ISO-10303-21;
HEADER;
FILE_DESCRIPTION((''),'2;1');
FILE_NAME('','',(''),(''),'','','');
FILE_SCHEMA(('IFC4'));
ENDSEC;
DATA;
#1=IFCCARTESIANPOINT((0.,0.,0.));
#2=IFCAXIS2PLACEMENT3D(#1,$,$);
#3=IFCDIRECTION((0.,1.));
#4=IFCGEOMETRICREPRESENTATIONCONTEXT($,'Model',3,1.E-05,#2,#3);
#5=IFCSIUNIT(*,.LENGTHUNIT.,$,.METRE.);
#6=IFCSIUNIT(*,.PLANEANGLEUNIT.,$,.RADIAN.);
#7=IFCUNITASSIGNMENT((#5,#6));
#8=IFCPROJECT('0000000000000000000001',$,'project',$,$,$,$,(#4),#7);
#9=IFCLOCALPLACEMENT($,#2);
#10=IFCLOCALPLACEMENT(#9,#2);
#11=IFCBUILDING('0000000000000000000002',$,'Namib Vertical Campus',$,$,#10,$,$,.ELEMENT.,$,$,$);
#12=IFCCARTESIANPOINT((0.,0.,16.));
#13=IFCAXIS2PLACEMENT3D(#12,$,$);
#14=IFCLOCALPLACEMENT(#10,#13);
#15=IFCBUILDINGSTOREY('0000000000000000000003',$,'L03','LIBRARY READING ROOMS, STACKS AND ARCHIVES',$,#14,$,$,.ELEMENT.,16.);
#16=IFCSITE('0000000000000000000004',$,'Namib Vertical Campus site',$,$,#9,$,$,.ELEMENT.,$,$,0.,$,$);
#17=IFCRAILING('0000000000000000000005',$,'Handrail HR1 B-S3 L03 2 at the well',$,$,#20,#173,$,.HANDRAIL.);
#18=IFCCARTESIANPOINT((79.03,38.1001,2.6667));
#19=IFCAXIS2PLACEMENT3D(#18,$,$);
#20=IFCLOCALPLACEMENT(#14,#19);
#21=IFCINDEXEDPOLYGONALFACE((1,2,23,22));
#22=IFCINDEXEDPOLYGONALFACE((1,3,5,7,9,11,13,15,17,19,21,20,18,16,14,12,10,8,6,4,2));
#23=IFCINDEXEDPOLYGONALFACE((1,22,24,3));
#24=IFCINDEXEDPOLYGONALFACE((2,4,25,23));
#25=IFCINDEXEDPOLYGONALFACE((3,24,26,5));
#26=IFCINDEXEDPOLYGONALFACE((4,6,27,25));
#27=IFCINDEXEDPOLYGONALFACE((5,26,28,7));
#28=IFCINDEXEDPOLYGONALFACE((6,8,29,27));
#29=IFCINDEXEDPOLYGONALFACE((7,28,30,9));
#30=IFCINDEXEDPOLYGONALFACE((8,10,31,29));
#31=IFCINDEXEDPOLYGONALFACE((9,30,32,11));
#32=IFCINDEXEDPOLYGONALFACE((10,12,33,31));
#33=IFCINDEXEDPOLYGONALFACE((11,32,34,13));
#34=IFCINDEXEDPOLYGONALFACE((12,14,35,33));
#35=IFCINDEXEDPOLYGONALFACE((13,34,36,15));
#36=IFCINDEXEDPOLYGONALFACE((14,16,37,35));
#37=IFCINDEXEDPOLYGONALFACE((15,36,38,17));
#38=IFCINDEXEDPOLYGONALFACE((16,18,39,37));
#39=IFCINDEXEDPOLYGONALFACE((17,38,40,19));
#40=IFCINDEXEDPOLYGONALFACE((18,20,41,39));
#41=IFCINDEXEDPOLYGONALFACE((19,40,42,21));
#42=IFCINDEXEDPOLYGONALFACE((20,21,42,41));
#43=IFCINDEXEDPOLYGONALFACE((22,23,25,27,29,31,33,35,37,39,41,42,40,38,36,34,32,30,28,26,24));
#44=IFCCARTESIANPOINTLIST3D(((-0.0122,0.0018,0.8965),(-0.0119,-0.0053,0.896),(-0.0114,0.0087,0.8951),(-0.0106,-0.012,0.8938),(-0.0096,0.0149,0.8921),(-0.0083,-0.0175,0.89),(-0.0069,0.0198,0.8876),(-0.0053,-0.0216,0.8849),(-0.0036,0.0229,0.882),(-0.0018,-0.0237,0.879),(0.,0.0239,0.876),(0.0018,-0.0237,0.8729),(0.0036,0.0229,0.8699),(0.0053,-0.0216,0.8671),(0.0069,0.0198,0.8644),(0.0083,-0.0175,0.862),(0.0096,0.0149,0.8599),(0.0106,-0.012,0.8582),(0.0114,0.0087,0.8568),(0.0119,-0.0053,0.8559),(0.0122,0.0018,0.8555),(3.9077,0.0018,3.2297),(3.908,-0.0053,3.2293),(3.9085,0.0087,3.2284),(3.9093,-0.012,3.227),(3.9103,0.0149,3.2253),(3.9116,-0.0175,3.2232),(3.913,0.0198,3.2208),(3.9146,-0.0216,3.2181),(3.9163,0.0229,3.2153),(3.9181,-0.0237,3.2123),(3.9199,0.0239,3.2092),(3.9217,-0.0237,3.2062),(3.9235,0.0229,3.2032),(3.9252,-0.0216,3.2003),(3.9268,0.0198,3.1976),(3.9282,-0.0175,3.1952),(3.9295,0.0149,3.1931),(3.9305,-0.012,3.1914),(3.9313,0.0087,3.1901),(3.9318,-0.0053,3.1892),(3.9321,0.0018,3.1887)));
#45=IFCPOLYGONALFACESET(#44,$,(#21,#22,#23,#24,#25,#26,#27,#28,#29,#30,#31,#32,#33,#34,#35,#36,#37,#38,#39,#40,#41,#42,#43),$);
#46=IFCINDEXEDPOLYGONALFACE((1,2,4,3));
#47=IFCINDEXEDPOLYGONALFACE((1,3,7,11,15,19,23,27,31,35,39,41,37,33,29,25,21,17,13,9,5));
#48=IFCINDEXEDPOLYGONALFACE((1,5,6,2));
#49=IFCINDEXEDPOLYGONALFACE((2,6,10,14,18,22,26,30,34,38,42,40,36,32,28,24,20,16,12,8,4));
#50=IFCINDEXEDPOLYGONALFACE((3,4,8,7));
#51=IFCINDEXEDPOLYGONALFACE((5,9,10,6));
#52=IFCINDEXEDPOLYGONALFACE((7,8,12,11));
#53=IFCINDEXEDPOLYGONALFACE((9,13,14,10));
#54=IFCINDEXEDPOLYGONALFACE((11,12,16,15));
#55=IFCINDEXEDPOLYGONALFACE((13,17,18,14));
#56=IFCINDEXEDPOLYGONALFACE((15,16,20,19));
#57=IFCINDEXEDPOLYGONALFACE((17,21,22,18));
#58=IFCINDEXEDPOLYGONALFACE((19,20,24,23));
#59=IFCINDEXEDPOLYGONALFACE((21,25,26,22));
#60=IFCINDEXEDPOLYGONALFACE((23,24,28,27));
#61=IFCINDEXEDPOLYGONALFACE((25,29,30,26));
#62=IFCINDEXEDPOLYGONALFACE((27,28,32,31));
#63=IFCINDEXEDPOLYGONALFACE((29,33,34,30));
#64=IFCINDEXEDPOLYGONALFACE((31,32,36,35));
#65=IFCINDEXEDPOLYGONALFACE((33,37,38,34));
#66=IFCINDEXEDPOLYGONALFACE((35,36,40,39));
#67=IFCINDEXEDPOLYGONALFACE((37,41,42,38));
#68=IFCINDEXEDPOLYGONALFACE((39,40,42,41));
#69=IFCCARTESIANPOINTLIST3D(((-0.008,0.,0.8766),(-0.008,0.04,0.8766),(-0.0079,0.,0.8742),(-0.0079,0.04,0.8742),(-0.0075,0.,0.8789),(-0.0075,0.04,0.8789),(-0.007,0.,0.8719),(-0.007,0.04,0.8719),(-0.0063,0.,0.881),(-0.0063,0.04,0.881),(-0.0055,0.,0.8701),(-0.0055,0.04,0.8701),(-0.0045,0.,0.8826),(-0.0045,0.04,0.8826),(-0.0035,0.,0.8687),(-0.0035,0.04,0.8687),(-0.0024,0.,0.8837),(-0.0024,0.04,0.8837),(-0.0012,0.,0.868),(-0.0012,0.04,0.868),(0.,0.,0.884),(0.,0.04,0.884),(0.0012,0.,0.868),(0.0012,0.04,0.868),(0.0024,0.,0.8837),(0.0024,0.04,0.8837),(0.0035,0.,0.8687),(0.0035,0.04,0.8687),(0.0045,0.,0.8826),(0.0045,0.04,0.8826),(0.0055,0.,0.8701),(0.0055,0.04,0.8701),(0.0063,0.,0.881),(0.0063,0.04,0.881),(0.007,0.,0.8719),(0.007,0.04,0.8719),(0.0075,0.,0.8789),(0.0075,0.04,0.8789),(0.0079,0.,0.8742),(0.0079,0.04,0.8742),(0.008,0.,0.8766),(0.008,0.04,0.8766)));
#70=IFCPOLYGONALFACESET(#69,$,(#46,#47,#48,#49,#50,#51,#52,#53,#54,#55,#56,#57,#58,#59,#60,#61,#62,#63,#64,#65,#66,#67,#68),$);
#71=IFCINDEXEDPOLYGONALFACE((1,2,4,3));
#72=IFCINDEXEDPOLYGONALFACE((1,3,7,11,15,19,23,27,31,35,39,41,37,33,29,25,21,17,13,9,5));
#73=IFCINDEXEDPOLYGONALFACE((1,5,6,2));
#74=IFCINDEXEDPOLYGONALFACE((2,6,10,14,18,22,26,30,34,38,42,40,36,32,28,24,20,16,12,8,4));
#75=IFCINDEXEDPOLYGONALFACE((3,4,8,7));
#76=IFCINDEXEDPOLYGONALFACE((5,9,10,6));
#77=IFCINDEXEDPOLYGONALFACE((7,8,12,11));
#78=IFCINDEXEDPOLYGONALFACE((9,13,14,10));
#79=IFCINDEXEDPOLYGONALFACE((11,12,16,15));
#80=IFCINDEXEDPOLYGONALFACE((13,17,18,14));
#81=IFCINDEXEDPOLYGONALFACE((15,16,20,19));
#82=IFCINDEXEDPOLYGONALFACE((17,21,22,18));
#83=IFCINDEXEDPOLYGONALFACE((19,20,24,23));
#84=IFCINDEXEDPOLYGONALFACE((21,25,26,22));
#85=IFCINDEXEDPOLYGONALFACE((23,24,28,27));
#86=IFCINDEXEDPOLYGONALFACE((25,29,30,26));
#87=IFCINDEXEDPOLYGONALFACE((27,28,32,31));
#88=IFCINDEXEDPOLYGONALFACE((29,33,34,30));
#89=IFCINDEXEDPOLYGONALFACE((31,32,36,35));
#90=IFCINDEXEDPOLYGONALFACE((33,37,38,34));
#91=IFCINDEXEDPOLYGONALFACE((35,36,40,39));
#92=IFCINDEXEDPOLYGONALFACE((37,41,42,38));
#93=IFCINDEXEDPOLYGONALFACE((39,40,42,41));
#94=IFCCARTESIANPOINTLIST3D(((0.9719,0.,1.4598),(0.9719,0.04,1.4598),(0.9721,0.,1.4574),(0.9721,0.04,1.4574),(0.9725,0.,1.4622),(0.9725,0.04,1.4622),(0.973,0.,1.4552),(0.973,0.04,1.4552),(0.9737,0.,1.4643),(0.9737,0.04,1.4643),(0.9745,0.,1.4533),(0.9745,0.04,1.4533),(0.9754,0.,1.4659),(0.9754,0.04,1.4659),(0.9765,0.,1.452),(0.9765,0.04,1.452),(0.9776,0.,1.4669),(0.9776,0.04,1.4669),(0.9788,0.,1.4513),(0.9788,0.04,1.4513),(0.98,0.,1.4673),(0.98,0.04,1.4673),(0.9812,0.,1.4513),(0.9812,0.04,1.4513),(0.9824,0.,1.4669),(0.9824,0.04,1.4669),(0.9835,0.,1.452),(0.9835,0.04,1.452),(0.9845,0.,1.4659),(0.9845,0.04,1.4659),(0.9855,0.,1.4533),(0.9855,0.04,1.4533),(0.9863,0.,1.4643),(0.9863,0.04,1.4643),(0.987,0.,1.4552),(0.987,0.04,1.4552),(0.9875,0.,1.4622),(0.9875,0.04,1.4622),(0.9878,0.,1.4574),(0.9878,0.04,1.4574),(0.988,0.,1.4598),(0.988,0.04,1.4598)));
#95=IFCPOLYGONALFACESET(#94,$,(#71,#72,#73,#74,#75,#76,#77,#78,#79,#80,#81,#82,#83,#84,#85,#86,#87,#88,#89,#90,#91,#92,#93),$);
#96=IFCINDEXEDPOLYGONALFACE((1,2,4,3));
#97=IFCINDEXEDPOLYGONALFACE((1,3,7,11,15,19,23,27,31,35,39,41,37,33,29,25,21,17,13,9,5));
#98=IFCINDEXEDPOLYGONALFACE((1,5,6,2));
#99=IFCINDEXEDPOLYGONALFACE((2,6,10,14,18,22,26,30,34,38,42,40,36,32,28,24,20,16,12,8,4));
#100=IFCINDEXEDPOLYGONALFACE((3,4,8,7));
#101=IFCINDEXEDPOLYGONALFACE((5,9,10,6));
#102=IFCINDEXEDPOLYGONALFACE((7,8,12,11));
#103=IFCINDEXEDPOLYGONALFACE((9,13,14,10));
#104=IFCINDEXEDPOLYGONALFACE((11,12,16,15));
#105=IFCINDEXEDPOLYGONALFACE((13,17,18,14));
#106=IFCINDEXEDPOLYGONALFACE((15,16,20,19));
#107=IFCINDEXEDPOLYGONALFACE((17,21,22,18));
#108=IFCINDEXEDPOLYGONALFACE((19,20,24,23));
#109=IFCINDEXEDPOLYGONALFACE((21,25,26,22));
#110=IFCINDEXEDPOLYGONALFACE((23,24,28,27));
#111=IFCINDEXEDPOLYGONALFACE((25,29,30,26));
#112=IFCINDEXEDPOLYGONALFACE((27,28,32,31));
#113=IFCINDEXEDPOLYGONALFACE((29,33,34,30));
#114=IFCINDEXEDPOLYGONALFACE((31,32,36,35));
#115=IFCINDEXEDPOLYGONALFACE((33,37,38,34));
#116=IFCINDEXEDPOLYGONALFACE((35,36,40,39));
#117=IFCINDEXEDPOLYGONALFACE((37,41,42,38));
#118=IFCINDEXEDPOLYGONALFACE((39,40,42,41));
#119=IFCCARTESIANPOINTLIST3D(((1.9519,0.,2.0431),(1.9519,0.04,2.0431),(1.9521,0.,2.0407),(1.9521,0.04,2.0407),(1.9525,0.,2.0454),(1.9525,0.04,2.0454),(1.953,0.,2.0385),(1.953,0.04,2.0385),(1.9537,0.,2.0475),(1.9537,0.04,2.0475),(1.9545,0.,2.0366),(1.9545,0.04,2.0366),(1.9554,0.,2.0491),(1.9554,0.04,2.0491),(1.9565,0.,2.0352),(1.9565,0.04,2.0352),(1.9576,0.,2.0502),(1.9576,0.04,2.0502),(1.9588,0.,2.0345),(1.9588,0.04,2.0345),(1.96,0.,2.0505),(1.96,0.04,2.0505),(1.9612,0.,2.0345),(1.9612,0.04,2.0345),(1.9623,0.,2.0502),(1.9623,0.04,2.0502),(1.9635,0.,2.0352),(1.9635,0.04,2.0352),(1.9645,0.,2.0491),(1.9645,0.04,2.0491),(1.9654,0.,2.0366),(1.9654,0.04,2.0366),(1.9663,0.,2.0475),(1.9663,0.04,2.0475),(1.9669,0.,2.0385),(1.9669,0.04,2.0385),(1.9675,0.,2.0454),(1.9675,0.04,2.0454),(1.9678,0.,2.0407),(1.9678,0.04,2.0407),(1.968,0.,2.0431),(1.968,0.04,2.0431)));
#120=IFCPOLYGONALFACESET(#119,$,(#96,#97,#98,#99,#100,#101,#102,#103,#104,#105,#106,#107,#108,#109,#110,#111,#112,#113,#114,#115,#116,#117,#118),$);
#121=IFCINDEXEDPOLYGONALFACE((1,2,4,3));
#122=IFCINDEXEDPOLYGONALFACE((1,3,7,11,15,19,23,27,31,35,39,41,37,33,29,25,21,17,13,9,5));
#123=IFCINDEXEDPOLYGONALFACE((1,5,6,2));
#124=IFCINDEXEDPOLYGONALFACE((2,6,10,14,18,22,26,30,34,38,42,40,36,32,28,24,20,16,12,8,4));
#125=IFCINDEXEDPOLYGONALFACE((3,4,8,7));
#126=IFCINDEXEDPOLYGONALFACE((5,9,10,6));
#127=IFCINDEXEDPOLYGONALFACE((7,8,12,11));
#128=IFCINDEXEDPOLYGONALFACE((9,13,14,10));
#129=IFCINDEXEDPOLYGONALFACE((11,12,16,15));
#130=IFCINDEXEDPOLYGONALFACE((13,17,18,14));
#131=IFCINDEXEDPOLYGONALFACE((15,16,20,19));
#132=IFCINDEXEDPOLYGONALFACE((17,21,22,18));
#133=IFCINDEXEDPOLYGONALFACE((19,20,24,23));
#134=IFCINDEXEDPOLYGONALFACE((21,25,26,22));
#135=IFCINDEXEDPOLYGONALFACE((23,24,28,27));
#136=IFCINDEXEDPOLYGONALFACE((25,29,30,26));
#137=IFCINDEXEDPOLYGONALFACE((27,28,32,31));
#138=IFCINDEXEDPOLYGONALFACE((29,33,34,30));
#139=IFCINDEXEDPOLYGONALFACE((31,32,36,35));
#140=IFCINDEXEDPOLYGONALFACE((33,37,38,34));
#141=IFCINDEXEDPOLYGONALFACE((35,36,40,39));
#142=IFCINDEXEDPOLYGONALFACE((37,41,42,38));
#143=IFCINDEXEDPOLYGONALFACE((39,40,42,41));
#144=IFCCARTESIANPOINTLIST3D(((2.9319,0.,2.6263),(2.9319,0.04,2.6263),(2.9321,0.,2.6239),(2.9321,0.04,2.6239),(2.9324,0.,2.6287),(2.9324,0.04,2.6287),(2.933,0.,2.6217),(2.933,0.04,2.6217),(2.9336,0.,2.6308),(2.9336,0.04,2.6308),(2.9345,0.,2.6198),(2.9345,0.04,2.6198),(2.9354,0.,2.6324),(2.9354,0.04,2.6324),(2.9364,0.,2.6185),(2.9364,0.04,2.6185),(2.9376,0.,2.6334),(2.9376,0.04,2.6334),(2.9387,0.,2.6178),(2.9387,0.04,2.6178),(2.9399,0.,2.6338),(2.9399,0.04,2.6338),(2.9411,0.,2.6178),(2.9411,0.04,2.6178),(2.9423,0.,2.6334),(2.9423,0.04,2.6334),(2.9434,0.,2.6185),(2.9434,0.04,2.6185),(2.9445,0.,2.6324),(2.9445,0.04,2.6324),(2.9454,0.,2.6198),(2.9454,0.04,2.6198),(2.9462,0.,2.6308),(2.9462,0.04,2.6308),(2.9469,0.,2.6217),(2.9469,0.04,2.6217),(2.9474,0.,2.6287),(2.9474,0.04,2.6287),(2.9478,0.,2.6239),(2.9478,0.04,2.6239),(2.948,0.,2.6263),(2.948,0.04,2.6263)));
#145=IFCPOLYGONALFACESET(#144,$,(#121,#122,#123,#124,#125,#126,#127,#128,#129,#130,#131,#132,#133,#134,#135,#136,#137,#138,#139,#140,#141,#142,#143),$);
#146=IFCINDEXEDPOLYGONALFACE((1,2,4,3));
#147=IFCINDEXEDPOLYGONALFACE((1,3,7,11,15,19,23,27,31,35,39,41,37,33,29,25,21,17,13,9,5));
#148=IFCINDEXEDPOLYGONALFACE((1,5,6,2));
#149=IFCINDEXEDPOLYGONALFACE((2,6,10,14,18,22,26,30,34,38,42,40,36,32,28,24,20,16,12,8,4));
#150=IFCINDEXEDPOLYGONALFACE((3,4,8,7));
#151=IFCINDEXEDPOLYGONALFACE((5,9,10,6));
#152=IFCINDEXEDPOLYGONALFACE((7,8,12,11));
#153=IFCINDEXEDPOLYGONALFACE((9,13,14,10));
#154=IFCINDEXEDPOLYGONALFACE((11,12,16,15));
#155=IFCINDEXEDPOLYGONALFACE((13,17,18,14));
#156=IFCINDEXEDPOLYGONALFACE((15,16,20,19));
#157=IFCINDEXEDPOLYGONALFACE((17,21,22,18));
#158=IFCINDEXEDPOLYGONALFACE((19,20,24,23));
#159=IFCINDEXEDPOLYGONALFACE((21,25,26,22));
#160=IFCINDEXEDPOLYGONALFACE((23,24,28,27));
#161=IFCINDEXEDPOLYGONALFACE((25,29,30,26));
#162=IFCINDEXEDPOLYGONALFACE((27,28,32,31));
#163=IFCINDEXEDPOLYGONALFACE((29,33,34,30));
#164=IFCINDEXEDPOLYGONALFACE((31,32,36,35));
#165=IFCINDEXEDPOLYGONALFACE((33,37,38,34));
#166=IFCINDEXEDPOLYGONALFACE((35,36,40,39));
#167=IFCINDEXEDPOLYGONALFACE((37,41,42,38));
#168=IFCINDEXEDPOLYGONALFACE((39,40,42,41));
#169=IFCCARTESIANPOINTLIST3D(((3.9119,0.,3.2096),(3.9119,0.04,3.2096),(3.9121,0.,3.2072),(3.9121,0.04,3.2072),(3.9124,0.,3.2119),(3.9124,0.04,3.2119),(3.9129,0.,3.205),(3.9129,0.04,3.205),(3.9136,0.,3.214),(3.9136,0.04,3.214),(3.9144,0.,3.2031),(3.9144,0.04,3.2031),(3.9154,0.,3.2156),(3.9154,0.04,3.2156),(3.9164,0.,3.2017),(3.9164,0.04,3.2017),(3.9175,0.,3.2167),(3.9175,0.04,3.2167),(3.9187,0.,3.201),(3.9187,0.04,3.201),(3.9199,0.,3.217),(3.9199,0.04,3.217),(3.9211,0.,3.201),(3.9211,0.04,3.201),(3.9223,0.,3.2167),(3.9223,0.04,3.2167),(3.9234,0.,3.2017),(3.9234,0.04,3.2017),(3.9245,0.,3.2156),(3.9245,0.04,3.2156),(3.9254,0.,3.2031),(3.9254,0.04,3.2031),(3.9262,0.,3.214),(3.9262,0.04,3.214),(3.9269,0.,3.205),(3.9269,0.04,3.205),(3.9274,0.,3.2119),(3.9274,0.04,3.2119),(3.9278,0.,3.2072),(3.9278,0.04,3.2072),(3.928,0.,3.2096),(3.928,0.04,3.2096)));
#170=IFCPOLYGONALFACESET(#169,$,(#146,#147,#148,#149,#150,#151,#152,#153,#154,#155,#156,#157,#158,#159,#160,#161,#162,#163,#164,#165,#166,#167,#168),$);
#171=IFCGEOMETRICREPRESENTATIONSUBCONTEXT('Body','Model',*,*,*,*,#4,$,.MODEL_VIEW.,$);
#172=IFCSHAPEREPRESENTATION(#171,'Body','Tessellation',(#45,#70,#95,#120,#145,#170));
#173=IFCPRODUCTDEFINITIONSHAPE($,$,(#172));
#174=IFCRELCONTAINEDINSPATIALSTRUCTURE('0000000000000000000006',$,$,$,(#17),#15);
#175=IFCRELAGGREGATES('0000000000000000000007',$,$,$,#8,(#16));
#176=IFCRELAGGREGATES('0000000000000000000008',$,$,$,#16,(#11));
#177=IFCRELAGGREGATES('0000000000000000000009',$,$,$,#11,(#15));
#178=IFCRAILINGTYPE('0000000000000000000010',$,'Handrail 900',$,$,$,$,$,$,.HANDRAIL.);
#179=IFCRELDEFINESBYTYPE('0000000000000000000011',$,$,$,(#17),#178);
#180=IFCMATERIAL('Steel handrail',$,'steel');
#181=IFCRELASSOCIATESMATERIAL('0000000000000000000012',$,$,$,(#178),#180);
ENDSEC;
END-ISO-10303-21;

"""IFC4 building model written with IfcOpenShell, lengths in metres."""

from ifc_helpers import new_model, si_unit, direction, frame, origin, origin_2d, place, context, subcontext, project, spatial, circle, extrude, material, type_object, element, save


model = new_model("IFC4")

# Units and contexts
model_context = context("Model", 3, precision=1e-05, world=origin(), true_north=direction((0.0, 1.0)))
body_context = subcontext(model_context, "Body", "Model", "MODEL_VIEW")
ifc_project = project(units=[si_unit("LENGTHUNIT", "METRE"), si_unit("PLANEANGLEUNIT", "RADIAN")], contexts=[model_context])

# Site, building, storey
site_placement = place(None, origin())
site = spatial("IfcSite", under=ifc_project, at=site_placement, Name="Namib Vertical Campus site", CompositionType="ELEMENT", RefElevation=0.0)
building_placement = place(site_placement, origin())
building = spatial("IfcBuilding", under=site, at=building_placement, Name="Namib Vertical Campus", CompositionType="ELEMENT")
storey_placement = place(building_placement, frame((0.0, 0.0, 16.0)))
storey = spatial("IfcBuildingStorey", under=building, at=storey_placement, Name="L03", Description="LIBRARY READING ROOMS, STACKS AND ARCHIVES", CompositionType="ELEMENT", Elevation=16.0)

# Railing
ifc_material_1 = material(Name="Steel handrail", Category="steel")
railing_type_1 = type_object("IfcRailingType", Name="Handrail 900", PredefinedType="HANDRAIL", material=ifc_material_1)
railing_1_placement = place(storey_placement, frame((79.03, 38.1001, 2.6667)))
element("IfcRailing", 1, at=railing_1_placement, inside=storey, type_object=railing_type_1, Name="Handrail HR1 B-S3 L03 2 at the well", PredefinedType="HANDRAIL", context=body_context, shape_type="SweptSolid", body=[
    extrude(circle(Radius=0.0239, at=origin_2d()), frame((0.0, 0.0, 0.876), z_axis=(0.859296, 0.0, 0.511478), x_axis=(0.0, 1.0, 0.0)), (0.0, 0.0, 1.0), 4.5618),
    extrude(circle(Radius=0.0081, at=origin_2d()), frame((0.0, 0.0, 0.876), z_axis=(0.0, 1.0, 0.0), x_axis=(0.0, 0.0, 1.0)), (0.0, 0.0, 1.0), 0.04),
    extrude(circle(Radius=0.0081, at=origin_2d()), frame((0.98, 0.0, 1.4592), z_axis=(0.0, 1.0, 0.0), x_axis=(0.0, 0.0, 1.0)), (0.0, 0.0, 1.0), 0.04),
    extrude(circle(Radius=0.0081, at=origin_2d()), frame((1.96, 0.0, 2.0425), z_axis=(0.0, 1.0, 0.0), x_axis=(0.0, 0.0, 1.0)), (0.0, 0.0, 1.0), 0.04),
    extrude(circle(Radius=0.0081, at=origin_2d()), frame((2.9399, 0.0, 2.6257), z_axis=(0.0, 1.0, 0.0), x_axis=(0.0, 0.0, 1.0)), (0.0, 0.0, 1.0), 0.04),
    extrude(circle(Radius=0.0081, at=origin_2d()), frame((3.9199, 0.0, 3.209), z_axis=(0.0, 1.0, 0.0), x_axis=(0.0, 0.0, 1.0)), (0.0, 0.0, 1.0), 0.04),
])

save(model, "model.ifc")
